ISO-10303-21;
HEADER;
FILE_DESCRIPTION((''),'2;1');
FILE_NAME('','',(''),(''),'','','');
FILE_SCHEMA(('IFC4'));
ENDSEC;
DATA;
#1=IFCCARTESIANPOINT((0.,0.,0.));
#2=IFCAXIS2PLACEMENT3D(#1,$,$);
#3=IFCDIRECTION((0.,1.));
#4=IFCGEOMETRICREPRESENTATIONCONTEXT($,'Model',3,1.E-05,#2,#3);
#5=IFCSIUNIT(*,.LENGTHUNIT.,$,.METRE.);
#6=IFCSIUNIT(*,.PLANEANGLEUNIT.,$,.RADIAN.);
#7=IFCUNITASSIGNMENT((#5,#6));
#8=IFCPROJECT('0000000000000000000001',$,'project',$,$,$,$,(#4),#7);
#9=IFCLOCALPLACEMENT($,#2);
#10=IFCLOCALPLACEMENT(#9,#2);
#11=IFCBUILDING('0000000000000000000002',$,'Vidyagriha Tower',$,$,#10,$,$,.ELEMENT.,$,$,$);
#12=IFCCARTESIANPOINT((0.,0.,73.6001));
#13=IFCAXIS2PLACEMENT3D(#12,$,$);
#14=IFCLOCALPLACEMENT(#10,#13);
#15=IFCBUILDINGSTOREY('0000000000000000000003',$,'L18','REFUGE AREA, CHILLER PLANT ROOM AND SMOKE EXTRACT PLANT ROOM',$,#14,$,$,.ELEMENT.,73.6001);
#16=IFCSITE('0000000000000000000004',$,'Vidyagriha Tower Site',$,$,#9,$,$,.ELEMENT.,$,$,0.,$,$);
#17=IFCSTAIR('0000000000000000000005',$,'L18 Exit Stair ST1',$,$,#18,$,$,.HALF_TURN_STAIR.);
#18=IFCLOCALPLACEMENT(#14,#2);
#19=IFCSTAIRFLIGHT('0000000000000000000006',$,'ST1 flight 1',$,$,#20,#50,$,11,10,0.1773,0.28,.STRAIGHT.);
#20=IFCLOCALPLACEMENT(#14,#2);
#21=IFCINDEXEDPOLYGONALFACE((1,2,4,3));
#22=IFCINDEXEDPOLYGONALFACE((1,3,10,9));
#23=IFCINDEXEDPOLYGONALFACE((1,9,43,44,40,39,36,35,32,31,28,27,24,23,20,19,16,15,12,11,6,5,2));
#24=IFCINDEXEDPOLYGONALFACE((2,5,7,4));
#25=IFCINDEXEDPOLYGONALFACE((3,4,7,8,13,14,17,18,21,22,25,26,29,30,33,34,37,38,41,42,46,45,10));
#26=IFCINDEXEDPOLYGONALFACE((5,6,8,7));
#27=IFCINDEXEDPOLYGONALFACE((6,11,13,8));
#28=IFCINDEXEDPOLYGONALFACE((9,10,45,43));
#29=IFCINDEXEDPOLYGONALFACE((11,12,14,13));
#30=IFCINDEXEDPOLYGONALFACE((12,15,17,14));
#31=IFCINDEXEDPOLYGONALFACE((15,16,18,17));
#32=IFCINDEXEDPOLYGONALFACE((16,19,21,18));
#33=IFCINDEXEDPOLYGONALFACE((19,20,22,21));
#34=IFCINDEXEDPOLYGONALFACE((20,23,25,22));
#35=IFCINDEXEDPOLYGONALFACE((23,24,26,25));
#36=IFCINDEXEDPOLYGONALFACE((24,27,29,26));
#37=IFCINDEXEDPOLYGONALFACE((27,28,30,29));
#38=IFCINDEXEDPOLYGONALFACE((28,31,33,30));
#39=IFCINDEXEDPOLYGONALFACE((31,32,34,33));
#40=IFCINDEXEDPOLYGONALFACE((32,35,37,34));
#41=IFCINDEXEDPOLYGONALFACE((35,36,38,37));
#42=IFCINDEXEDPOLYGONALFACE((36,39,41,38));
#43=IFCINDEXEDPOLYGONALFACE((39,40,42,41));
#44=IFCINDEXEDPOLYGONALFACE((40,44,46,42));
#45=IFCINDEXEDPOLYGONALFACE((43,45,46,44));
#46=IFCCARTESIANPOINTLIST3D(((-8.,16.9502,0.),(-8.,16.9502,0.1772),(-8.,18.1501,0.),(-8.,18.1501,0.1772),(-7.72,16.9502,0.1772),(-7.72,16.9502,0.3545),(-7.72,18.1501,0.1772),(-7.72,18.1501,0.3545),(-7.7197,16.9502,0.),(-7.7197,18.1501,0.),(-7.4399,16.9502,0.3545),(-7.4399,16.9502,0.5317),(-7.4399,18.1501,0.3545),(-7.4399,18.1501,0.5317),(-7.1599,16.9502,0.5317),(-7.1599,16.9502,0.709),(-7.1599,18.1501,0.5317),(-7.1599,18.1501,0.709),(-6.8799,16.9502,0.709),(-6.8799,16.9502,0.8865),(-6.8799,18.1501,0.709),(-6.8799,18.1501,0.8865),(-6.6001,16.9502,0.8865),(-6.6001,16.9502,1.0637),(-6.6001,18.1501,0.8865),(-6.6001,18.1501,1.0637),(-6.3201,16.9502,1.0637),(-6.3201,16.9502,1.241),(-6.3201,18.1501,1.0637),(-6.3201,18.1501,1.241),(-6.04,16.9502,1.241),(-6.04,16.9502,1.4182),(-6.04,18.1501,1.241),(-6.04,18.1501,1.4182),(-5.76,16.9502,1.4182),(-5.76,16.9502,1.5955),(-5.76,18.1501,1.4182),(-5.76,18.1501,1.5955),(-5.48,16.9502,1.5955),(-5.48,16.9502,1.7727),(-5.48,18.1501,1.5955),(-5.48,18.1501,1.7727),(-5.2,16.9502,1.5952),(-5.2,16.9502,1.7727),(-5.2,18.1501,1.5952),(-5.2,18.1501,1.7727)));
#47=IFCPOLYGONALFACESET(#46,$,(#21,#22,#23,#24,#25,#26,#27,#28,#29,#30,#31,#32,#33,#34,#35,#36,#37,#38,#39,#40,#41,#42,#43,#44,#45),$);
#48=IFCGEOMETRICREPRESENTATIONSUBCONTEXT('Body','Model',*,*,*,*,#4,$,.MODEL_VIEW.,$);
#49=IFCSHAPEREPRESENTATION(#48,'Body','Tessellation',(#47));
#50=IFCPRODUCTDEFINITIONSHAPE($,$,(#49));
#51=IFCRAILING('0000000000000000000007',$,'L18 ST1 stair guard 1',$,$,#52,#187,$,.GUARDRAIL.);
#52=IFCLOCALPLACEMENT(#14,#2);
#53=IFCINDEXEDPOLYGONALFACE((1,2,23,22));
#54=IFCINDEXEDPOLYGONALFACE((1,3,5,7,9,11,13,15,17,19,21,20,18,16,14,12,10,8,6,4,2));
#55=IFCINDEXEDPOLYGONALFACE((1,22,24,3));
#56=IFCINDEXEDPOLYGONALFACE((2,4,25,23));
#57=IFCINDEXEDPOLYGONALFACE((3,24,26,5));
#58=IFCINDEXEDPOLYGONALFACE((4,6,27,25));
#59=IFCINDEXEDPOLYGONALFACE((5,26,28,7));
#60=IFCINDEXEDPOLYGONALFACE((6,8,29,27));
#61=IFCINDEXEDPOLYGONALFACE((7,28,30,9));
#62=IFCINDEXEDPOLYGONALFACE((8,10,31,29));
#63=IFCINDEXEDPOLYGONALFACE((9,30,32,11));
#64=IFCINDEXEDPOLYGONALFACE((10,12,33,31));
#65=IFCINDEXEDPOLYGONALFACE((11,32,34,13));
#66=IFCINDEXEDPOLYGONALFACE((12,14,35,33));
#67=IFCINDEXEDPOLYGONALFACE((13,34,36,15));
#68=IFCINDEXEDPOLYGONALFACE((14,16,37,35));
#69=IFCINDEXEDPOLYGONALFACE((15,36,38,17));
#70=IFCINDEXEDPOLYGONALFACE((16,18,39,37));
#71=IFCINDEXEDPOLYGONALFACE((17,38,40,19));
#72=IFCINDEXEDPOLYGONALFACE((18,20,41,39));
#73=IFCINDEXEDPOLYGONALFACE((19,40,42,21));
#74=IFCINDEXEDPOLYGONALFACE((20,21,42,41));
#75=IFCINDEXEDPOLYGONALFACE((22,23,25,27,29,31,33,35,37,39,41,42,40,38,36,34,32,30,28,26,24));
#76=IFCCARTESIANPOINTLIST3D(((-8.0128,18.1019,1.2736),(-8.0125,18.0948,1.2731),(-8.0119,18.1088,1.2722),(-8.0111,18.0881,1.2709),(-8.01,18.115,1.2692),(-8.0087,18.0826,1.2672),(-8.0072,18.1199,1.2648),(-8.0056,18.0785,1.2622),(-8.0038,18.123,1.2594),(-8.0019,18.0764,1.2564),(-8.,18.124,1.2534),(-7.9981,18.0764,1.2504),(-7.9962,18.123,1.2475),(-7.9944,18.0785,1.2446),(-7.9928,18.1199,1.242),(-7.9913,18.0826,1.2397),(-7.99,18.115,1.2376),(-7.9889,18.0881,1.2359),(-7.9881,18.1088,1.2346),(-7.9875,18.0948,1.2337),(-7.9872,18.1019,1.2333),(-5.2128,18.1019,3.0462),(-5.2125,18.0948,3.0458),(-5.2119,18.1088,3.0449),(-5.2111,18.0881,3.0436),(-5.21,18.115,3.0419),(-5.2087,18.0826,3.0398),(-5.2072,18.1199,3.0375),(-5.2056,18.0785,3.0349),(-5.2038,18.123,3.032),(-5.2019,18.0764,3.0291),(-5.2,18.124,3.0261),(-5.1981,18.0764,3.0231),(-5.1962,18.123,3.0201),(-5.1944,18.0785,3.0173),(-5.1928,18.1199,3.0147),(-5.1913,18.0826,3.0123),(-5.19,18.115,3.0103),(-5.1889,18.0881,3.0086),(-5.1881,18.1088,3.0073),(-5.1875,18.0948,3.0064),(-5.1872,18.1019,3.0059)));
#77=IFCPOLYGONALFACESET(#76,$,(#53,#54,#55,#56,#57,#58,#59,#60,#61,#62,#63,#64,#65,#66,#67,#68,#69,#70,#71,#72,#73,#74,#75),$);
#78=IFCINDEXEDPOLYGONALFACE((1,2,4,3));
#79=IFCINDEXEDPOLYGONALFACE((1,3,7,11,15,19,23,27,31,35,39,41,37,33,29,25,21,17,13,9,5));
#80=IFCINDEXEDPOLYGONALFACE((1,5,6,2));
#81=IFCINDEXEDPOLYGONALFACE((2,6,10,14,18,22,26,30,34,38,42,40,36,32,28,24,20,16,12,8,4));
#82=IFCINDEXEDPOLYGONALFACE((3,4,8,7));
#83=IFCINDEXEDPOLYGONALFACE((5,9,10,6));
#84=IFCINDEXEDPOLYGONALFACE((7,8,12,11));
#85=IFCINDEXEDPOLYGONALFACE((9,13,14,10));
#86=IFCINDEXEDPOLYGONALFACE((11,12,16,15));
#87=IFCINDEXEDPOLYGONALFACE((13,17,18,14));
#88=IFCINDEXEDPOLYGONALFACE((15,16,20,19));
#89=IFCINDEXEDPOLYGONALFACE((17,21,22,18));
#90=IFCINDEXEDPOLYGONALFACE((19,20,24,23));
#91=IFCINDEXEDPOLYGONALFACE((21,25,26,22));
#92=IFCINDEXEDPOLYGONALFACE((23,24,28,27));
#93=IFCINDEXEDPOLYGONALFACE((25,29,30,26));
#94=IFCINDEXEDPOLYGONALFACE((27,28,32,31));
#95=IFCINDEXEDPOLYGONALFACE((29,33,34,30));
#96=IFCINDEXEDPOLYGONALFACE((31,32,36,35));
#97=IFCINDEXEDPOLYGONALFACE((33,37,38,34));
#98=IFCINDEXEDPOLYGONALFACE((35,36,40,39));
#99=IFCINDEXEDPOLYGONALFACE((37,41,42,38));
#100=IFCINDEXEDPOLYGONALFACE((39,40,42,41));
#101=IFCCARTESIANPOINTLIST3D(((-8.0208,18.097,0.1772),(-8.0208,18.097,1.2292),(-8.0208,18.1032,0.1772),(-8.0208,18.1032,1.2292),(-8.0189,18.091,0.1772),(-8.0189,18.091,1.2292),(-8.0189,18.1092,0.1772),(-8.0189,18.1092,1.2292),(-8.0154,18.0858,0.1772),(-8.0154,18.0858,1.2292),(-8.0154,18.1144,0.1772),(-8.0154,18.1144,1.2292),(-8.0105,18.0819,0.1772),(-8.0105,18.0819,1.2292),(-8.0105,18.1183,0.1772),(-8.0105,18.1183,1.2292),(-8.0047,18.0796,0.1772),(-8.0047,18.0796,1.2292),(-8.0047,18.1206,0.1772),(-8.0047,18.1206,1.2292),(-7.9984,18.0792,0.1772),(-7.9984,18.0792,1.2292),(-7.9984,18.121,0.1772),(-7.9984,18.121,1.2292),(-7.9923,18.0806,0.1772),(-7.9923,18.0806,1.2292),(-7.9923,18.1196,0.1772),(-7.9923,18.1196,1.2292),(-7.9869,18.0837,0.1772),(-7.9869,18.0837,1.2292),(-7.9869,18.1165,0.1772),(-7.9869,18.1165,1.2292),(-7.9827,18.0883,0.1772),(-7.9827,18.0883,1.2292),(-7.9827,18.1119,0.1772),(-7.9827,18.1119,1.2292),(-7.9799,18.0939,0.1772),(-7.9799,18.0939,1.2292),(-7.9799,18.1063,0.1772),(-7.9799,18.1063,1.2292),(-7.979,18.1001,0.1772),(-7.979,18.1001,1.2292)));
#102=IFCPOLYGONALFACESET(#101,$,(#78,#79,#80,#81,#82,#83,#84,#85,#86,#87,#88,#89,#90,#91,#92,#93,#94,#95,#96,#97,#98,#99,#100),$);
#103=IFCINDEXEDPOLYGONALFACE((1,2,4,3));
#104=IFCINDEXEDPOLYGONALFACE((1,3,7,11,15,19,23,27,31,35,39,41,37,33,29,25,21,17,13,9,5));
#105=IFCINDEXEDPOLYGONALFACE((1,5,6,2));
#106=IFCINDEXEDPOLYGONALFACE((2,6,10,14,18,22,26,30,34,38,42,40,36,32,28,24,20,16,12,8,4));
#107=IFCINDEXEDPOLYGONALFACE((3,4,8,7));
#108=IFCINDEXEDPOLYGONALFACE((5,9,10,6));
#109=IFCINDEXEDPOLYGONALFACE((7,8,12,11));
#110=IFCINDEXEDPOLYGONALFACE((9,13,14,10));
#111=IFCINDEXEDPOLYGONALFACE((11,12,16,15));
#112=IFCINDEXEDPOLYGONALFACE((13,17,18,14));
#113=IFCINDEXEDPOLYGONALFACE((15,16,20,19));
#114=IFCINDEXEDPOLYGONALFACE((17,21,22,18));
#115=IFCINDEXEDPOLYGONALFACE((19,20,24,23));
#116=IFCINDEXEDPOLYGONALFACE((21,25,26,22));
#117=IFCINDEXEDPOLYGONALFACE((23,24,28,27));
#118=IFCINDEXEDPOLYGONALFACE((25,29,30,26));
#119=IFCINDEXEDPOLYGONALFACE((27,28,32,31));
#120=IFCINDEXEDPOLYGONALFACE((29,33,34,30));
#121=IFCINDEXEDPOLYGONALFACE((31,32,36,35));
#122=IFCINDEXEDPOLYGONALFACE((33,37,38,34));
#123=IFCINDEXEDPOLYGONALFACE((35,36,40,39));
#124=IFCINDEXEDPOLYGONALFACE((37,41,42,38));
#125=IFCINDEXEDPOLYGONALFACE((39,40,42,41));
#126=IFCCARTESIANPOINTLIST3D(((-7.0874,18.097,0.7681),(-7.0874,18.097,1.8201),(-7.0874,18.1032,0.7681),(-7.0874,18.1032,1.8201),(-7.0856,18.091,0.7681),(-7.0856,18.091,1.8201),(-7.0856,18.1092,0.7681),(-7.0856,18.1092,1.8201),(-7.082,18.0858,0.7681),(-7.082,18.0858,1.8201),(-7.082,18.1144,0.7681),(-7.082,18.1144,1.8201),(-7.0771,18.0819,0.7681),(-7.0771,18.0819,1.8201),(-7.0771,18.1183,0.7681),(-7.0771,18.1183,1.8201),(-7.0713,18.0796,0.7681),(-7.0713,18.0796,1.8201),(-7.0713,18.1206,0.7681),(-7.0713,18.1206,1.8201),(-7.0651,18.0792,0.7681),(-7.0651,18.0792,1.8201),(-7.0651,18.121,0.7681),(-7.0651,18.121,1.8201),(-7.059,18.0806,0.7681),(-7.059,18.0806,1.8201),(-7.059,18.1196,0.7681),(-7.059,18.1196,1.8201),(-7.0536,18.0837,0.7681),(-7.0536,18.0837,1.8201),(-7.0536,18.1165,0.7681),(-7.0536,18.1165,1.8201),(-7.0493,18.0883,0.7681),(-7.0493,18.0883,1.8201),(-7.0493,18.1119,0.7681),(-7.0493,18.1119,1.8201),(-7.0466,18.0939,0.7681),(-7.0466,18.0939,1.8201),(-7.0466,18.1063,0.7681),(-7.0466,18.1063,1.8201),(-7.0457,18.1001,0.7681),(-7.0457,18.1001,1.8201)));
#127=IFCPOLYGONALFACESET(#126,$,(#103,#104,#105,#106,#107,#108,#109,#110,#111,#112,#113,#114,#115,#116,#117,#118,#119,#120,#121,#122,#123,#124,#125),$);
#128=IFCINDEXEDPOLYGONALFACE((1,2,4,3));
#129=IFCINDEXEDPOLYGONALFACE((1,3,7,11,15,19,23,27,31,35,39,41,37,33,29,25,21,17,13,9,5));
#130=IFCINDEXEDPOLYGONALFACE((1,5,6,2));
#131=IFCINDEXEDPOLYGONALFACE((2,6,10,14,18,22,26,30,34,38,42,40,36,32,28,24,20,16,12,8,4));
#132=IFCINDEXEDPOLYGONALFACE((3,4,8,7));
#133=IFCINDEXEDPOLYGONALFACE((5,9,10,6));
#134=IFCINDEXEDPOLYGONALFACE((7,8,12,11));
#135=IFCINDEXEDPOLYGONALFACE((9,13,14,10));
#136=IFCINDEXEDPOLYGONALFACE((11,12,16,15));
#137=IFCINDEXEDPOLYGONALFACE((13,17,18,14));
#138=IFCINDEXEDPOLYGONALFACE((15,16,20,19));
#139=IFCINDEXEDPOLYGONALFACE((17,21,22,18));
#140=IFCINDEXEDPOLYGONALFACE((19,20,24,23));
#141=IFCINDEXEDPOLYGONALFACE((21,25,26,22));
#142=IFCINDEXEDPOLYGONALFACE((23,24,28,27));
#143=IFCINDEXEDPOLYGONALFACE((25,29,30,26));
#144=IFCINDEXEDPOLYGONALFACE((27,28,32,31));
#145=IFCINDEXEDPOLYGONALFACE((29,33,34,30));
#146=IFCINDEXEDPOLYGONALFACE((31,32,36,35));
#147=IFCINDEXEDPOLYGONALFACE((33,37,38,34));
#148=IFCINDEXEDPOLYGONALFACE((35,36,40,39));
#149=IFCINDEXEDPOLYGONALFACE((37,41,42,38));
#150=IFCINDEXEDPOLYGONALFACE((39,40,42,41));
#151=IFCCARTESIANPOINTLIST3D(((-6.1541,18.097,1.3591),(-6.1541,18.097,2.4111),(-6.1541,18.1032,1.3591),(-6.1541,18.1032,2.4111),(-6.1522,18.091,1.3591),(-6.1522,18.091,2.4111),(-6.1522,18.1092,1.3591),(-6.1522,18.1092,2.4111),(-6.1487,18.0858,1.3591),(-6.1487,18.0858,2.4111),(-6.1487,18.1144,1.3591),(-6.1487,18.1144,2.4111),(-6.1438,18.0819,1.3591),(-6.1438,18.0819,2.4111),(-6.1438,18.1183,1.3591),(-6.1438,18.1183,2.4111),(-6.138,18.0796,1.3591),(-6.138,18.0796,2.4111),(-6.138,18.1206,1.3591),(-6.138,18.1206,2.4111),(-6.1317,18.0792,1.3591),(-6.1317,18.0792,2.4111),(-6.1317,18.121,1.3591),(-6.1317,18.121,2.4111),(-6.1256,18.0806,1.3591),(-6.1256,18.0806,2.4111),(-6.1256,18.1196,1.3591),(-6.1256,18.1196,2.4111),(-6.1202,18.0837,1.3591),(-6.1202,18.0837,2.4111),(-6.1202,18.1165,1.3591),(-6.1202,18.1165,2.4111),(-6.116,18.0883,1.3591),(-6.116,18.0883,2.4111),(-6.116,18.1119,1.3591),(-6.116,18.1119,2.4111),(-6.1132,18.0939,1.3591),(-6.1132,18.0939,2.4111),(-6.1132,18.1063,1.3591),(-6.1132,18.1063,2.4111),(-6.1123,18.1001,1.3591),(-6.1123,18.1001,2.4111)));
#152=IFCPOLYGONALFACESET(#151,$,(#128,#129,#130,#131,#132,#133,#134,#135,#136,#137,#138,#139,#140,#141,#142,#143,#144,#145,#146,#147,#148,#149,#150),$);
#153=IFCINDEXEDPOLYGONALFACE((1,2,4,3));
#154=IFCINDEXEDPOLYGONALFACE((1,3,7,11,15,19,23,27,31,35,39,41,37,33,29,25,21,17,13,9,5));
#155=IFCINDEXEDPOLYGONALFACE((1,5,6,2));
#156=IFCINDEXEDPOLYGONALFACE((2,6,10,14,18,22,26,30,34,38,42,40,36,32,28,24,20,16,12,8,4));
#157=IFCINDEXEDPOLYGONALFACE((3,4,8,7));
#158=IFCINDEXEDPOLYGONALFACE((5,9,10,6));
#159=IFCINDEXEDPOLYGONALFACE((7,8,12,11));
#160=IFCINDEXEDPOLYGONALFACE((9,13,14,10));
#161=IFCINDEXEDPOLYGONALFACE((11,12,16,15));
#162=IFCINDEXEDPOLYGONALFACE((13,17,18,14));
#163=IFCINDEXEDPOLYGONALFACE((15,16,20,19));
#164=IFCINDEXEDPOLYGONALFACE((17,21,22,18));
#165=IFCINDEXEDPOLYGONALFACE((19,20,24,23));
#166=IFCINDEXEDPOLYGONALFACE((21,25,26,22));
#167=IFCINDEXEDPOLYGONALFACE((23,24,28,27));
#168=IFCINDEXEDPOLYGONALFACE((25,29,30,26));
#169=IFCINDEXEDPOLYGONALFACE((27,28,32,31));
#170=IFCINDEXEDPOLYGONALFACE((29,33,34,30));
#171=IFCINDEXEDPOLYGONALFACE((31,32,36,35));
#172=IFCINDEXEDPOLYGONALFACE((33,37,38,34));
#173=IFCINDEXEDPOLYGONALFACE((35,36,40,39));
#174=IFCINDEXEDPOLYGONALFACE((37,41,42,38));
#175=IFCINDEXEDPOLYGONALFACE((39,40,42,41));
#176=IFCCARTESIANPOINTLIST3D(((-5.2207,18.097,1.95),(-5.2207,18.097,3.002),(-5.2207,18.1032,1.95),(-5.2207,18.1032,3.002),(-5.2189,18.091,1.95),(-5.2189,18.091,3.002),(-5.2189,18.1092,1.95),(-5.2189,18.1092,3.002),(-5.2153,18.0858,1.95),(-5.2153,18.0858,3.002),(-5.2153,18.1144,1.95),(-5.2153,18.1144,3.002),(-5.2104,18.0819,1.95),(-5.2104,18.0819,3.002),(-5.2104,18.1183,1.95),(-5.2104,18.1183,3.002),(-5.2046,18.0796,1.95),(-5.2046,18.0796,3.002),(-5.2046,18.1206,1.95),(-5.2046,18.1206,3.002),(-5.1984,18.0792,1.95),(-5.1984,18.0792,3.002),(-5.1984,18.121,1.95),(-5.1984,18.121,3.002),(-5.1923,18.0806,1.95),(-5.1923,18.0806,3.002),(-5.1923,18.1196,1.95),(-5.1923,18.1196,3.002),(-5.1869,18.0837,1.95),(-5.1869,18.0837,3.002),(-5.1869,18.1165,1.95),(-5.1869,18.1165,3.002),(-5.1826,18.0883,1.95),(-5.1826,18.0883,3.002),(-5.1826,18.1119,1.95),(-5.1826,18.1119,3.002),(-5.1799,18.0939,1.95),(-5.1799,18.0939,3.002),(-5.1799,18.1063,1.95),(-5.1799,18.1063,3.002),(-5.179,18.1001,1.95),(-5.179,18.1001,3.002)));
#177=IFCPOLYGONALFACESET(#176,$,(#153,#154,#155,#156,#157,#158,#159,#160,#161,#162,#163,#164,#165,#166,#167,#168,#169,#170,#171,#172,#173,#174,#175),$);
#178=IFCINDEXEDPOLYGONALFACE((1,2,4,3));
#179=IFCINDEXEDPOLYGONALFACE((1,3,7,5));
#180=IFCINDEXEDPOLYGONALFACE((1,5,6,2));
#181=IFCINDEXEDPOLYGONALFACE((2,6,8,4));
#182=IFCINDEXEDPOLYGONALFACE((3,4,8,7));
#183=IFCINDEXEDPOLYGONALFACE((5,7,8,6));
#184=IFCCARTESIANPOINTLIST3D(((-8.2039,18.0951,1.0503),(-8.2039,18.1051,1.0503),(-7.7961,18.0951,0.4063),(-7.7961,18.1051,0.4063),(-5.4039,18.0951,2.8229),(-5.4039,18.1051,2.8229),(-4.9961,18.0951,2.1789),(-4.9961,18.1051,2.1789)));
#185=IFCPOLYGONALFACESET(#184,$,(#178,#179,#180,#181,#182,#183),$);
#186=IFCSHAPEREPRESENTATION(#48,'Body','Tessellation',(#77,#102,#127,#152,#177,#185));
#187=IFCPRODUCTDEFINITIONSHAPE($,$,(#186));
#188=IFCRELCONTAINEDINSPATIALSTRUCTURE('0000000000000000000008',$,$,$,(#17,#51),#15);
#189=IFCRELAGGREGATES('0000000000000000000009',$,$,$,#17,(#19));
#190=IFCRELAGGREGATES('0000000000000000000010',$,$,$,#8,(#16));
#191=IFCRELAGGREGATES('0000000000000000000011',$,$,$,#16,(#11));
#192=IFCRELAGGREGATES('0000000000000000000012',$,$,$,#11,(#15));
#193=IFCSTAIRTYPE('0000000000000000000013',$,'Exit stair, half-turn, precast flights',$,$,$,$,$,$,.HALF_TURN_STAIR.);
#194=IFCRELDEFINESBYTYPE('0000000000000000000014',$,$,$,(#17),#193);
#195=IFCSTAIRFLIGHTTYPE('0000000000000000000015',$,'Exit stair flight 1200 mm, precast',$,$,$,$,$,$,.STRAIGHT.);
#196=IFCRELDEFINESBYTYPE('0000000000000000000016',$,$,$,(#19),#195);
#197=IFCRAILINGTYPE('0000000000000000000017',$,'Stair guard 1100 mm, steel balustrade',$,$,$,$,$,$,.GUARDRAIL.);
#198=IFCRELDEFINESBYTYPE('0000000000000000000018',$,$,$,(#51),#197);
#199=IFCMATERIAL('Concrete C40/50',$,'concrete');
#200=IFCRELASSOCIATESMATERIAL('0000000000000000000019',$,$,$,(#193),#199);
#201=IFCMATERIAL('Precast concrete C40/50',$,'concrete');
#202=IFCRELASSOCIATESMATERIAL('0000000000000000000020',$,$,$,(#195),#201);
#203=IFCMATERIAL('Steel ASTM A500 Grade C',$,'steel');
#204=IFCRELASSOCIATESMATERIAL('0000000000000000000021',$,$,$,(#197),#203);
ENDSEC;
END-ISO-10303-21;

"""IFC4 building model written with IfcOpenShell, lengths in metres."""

from ifc_helpers import new_model, si_unit, direction, frame, origin, origin_2d, place, context, subcontext, project, spatial, polyline, rectangle, circle, outline, extrude, material, type_object, element, aggregate, save


model = new_model("IFC4")

# Units and contexts
model_context = context("Model", 3, precision=1e-05, world=origin(), true_north=direction((0.0, 1.0)))
body_context = subcontext(model_context, "Body", "Model", "MODEL_VIEW")
ifc_project = project(units=[si_unit("LENGTHUNIT", "METRE"), si_unit("PLANEANGLEUNIT", "RADIAN")], contexts=[model_context])

# Site, building, storey
site_placement = place(None, origin())
site = spatial("IfcSite", under=ifc_project, at=site_placement, Name="Vidyagriha Tower Site", CompositionType="ELEMENT", RefElevation=0.0)
building_placement = place(site_placement, origin())
building = spatial("IfcBuilding", under=site, at=building_placement, Name="Vidyagriha Tower", CompositionType="ELEMENT")
storey_placement = place(building_placement, frame((0.0, 0.0, 73.6001)))
storey = spatial("IfcBuildingStorey", under=building, at=storey_placement, Name="L18", Description="REFUGE AREA, CHILLER PLANT ROOM AND SMOKE EXTRACT PLANT ROOM", CompositionType="ELEMENT", Elevation=73.6001)

# Stair, stair flight
ifc_material_1 = material(Name="Concrete C40/50", Category="concrete")
stair_type = type_object("IfcStairType", Name="Exit stair, half-turn, precast flights", PredefinedType="HALF_TURN_STAIR", material=ifc_material_1)
stair_placement = place(storey_placement, origin())
stair = element("IfcStair", 1, at=stair_placement, inside=storey, type_object=stair_type, Name="L18 Exit Stair ST1", PredefinedType="HALF_TURN_STAIR")
ifc_material_2 = material(Name="Precast concrete C40/50", Category="concrete")
stair_flight_type = type_object("IfcStairFlightType", Name="Exit stair flight 1200 mm, precast", PredefinedType="STRAIGHT", material=ifc_material_2)
stair_flight_placement = place(storey_placement, frame((-8.0, 17.55, 0.0)))
stair_flight = element("IfcStairFlight", 2, at=stair_flight_placement, type_object=stair_flight_type, Name="ST1 flight 1", NumberOfRisers=11, NumberOfTreads=10, PredefinedType="STRAIGHT", RiserHeight=0.1773, TreadLength=0.28, context=body_context, shape_type="SweptSolid", body=[
    extrude(outline(polyline([(0.0, 0.0), (0.0, 0.1772), (0.28, 0.1772), (0.28, 0.3545), (0.5601, 0.3545), (0.5601, 0.5317), (0.8401, 0.5317), (0.8401, 0.709), (1.1201, 0.709), (1.1201, 0.8865), (1.3999, 0.8865), (1.3999, 1.0637), (1.6799, 1.0637), (1.6799, 1.241), (1.96, 1.241), (1.96, 1.4182), (2.24, 1.4182), (2.24, 1.5955), (2.52, 1.5955), (2.52, 1.7727), (2.8, 1.7727), (2.8, 1.95), (2.8, 1.5952), (0.2803, 0.0), (0.0, 0.0)])), frame((0.0, 0.6001, 0.0), z_axis=(0.0, -1.0, 0.0), x_axis=(1.0, 0.0, 0.0)), (0.0, 0.0, 1.0), 1.2),
])
aggregate(stair, [stair_flight])

# Railing
ifc_material_3 = material(Name="Steel ASTM A500 Grade C", Category="steel")
railing_type_1 = type_object("IfcRailingType", Name="Stair guard 1100 mm, steel balustrade", PredefinedType="GUARDRAIL", material=ifc_material_3)
railing_1_placement = place(storey_placement, frame((-8.0, 18.1001, 0.1772)))
element("IfcRailing", 3, at=railing_1_placement, inside=storey, type_object=railing_type_1, Name="L18 ST1 stair guard 1", PredefinedType="GUARDRAIL", context=body_context, shape_type="SweptSolid", body=[
    extrude(circle(Radius=0.0239, at=origin_2d()), frame((0.0, 0.0, 1.0762), z_axis=(0.844909, 0.0, 0.53491), x_axis=(0.0, 1.0, 0.0)), (0.0, 0.0, 1.0), 3.314),
    extrude(circle(Radius=0.021, at=origin_2d()), origin(), (0.0, 0.0, 1.0), 1.052),
    extrude(circle(Radius=0.021, at=origin_2d()), frame((0.9333, 0.0, 0.5908)), (0.0, 0.0, 1.0), 1.052),
    extrude(circle(Radius=0.021, at=origin_2d()), frame((1.8667, 0.0, 1.1819)), (0.0, 0.0, 1.0), 1.052),
    extrude(circle(Radius=0.021, at=origin_2d()), frame((2.8, 0.0, 1.7727)), (0.0, 0.0, 1.0), 1.052),
    extrude(rectangle(XDim=0.01, YDim=0.7622, at=origin_2d()), frame((0.0, 0.0, 0.551), z_axis=(0.844909, 0.0, 0.53491), x_axis=(0.0, 1.0, 0.0)), (0.0, 0.0, 1.0), 3.314),
])

save(model, "model.ifc")
